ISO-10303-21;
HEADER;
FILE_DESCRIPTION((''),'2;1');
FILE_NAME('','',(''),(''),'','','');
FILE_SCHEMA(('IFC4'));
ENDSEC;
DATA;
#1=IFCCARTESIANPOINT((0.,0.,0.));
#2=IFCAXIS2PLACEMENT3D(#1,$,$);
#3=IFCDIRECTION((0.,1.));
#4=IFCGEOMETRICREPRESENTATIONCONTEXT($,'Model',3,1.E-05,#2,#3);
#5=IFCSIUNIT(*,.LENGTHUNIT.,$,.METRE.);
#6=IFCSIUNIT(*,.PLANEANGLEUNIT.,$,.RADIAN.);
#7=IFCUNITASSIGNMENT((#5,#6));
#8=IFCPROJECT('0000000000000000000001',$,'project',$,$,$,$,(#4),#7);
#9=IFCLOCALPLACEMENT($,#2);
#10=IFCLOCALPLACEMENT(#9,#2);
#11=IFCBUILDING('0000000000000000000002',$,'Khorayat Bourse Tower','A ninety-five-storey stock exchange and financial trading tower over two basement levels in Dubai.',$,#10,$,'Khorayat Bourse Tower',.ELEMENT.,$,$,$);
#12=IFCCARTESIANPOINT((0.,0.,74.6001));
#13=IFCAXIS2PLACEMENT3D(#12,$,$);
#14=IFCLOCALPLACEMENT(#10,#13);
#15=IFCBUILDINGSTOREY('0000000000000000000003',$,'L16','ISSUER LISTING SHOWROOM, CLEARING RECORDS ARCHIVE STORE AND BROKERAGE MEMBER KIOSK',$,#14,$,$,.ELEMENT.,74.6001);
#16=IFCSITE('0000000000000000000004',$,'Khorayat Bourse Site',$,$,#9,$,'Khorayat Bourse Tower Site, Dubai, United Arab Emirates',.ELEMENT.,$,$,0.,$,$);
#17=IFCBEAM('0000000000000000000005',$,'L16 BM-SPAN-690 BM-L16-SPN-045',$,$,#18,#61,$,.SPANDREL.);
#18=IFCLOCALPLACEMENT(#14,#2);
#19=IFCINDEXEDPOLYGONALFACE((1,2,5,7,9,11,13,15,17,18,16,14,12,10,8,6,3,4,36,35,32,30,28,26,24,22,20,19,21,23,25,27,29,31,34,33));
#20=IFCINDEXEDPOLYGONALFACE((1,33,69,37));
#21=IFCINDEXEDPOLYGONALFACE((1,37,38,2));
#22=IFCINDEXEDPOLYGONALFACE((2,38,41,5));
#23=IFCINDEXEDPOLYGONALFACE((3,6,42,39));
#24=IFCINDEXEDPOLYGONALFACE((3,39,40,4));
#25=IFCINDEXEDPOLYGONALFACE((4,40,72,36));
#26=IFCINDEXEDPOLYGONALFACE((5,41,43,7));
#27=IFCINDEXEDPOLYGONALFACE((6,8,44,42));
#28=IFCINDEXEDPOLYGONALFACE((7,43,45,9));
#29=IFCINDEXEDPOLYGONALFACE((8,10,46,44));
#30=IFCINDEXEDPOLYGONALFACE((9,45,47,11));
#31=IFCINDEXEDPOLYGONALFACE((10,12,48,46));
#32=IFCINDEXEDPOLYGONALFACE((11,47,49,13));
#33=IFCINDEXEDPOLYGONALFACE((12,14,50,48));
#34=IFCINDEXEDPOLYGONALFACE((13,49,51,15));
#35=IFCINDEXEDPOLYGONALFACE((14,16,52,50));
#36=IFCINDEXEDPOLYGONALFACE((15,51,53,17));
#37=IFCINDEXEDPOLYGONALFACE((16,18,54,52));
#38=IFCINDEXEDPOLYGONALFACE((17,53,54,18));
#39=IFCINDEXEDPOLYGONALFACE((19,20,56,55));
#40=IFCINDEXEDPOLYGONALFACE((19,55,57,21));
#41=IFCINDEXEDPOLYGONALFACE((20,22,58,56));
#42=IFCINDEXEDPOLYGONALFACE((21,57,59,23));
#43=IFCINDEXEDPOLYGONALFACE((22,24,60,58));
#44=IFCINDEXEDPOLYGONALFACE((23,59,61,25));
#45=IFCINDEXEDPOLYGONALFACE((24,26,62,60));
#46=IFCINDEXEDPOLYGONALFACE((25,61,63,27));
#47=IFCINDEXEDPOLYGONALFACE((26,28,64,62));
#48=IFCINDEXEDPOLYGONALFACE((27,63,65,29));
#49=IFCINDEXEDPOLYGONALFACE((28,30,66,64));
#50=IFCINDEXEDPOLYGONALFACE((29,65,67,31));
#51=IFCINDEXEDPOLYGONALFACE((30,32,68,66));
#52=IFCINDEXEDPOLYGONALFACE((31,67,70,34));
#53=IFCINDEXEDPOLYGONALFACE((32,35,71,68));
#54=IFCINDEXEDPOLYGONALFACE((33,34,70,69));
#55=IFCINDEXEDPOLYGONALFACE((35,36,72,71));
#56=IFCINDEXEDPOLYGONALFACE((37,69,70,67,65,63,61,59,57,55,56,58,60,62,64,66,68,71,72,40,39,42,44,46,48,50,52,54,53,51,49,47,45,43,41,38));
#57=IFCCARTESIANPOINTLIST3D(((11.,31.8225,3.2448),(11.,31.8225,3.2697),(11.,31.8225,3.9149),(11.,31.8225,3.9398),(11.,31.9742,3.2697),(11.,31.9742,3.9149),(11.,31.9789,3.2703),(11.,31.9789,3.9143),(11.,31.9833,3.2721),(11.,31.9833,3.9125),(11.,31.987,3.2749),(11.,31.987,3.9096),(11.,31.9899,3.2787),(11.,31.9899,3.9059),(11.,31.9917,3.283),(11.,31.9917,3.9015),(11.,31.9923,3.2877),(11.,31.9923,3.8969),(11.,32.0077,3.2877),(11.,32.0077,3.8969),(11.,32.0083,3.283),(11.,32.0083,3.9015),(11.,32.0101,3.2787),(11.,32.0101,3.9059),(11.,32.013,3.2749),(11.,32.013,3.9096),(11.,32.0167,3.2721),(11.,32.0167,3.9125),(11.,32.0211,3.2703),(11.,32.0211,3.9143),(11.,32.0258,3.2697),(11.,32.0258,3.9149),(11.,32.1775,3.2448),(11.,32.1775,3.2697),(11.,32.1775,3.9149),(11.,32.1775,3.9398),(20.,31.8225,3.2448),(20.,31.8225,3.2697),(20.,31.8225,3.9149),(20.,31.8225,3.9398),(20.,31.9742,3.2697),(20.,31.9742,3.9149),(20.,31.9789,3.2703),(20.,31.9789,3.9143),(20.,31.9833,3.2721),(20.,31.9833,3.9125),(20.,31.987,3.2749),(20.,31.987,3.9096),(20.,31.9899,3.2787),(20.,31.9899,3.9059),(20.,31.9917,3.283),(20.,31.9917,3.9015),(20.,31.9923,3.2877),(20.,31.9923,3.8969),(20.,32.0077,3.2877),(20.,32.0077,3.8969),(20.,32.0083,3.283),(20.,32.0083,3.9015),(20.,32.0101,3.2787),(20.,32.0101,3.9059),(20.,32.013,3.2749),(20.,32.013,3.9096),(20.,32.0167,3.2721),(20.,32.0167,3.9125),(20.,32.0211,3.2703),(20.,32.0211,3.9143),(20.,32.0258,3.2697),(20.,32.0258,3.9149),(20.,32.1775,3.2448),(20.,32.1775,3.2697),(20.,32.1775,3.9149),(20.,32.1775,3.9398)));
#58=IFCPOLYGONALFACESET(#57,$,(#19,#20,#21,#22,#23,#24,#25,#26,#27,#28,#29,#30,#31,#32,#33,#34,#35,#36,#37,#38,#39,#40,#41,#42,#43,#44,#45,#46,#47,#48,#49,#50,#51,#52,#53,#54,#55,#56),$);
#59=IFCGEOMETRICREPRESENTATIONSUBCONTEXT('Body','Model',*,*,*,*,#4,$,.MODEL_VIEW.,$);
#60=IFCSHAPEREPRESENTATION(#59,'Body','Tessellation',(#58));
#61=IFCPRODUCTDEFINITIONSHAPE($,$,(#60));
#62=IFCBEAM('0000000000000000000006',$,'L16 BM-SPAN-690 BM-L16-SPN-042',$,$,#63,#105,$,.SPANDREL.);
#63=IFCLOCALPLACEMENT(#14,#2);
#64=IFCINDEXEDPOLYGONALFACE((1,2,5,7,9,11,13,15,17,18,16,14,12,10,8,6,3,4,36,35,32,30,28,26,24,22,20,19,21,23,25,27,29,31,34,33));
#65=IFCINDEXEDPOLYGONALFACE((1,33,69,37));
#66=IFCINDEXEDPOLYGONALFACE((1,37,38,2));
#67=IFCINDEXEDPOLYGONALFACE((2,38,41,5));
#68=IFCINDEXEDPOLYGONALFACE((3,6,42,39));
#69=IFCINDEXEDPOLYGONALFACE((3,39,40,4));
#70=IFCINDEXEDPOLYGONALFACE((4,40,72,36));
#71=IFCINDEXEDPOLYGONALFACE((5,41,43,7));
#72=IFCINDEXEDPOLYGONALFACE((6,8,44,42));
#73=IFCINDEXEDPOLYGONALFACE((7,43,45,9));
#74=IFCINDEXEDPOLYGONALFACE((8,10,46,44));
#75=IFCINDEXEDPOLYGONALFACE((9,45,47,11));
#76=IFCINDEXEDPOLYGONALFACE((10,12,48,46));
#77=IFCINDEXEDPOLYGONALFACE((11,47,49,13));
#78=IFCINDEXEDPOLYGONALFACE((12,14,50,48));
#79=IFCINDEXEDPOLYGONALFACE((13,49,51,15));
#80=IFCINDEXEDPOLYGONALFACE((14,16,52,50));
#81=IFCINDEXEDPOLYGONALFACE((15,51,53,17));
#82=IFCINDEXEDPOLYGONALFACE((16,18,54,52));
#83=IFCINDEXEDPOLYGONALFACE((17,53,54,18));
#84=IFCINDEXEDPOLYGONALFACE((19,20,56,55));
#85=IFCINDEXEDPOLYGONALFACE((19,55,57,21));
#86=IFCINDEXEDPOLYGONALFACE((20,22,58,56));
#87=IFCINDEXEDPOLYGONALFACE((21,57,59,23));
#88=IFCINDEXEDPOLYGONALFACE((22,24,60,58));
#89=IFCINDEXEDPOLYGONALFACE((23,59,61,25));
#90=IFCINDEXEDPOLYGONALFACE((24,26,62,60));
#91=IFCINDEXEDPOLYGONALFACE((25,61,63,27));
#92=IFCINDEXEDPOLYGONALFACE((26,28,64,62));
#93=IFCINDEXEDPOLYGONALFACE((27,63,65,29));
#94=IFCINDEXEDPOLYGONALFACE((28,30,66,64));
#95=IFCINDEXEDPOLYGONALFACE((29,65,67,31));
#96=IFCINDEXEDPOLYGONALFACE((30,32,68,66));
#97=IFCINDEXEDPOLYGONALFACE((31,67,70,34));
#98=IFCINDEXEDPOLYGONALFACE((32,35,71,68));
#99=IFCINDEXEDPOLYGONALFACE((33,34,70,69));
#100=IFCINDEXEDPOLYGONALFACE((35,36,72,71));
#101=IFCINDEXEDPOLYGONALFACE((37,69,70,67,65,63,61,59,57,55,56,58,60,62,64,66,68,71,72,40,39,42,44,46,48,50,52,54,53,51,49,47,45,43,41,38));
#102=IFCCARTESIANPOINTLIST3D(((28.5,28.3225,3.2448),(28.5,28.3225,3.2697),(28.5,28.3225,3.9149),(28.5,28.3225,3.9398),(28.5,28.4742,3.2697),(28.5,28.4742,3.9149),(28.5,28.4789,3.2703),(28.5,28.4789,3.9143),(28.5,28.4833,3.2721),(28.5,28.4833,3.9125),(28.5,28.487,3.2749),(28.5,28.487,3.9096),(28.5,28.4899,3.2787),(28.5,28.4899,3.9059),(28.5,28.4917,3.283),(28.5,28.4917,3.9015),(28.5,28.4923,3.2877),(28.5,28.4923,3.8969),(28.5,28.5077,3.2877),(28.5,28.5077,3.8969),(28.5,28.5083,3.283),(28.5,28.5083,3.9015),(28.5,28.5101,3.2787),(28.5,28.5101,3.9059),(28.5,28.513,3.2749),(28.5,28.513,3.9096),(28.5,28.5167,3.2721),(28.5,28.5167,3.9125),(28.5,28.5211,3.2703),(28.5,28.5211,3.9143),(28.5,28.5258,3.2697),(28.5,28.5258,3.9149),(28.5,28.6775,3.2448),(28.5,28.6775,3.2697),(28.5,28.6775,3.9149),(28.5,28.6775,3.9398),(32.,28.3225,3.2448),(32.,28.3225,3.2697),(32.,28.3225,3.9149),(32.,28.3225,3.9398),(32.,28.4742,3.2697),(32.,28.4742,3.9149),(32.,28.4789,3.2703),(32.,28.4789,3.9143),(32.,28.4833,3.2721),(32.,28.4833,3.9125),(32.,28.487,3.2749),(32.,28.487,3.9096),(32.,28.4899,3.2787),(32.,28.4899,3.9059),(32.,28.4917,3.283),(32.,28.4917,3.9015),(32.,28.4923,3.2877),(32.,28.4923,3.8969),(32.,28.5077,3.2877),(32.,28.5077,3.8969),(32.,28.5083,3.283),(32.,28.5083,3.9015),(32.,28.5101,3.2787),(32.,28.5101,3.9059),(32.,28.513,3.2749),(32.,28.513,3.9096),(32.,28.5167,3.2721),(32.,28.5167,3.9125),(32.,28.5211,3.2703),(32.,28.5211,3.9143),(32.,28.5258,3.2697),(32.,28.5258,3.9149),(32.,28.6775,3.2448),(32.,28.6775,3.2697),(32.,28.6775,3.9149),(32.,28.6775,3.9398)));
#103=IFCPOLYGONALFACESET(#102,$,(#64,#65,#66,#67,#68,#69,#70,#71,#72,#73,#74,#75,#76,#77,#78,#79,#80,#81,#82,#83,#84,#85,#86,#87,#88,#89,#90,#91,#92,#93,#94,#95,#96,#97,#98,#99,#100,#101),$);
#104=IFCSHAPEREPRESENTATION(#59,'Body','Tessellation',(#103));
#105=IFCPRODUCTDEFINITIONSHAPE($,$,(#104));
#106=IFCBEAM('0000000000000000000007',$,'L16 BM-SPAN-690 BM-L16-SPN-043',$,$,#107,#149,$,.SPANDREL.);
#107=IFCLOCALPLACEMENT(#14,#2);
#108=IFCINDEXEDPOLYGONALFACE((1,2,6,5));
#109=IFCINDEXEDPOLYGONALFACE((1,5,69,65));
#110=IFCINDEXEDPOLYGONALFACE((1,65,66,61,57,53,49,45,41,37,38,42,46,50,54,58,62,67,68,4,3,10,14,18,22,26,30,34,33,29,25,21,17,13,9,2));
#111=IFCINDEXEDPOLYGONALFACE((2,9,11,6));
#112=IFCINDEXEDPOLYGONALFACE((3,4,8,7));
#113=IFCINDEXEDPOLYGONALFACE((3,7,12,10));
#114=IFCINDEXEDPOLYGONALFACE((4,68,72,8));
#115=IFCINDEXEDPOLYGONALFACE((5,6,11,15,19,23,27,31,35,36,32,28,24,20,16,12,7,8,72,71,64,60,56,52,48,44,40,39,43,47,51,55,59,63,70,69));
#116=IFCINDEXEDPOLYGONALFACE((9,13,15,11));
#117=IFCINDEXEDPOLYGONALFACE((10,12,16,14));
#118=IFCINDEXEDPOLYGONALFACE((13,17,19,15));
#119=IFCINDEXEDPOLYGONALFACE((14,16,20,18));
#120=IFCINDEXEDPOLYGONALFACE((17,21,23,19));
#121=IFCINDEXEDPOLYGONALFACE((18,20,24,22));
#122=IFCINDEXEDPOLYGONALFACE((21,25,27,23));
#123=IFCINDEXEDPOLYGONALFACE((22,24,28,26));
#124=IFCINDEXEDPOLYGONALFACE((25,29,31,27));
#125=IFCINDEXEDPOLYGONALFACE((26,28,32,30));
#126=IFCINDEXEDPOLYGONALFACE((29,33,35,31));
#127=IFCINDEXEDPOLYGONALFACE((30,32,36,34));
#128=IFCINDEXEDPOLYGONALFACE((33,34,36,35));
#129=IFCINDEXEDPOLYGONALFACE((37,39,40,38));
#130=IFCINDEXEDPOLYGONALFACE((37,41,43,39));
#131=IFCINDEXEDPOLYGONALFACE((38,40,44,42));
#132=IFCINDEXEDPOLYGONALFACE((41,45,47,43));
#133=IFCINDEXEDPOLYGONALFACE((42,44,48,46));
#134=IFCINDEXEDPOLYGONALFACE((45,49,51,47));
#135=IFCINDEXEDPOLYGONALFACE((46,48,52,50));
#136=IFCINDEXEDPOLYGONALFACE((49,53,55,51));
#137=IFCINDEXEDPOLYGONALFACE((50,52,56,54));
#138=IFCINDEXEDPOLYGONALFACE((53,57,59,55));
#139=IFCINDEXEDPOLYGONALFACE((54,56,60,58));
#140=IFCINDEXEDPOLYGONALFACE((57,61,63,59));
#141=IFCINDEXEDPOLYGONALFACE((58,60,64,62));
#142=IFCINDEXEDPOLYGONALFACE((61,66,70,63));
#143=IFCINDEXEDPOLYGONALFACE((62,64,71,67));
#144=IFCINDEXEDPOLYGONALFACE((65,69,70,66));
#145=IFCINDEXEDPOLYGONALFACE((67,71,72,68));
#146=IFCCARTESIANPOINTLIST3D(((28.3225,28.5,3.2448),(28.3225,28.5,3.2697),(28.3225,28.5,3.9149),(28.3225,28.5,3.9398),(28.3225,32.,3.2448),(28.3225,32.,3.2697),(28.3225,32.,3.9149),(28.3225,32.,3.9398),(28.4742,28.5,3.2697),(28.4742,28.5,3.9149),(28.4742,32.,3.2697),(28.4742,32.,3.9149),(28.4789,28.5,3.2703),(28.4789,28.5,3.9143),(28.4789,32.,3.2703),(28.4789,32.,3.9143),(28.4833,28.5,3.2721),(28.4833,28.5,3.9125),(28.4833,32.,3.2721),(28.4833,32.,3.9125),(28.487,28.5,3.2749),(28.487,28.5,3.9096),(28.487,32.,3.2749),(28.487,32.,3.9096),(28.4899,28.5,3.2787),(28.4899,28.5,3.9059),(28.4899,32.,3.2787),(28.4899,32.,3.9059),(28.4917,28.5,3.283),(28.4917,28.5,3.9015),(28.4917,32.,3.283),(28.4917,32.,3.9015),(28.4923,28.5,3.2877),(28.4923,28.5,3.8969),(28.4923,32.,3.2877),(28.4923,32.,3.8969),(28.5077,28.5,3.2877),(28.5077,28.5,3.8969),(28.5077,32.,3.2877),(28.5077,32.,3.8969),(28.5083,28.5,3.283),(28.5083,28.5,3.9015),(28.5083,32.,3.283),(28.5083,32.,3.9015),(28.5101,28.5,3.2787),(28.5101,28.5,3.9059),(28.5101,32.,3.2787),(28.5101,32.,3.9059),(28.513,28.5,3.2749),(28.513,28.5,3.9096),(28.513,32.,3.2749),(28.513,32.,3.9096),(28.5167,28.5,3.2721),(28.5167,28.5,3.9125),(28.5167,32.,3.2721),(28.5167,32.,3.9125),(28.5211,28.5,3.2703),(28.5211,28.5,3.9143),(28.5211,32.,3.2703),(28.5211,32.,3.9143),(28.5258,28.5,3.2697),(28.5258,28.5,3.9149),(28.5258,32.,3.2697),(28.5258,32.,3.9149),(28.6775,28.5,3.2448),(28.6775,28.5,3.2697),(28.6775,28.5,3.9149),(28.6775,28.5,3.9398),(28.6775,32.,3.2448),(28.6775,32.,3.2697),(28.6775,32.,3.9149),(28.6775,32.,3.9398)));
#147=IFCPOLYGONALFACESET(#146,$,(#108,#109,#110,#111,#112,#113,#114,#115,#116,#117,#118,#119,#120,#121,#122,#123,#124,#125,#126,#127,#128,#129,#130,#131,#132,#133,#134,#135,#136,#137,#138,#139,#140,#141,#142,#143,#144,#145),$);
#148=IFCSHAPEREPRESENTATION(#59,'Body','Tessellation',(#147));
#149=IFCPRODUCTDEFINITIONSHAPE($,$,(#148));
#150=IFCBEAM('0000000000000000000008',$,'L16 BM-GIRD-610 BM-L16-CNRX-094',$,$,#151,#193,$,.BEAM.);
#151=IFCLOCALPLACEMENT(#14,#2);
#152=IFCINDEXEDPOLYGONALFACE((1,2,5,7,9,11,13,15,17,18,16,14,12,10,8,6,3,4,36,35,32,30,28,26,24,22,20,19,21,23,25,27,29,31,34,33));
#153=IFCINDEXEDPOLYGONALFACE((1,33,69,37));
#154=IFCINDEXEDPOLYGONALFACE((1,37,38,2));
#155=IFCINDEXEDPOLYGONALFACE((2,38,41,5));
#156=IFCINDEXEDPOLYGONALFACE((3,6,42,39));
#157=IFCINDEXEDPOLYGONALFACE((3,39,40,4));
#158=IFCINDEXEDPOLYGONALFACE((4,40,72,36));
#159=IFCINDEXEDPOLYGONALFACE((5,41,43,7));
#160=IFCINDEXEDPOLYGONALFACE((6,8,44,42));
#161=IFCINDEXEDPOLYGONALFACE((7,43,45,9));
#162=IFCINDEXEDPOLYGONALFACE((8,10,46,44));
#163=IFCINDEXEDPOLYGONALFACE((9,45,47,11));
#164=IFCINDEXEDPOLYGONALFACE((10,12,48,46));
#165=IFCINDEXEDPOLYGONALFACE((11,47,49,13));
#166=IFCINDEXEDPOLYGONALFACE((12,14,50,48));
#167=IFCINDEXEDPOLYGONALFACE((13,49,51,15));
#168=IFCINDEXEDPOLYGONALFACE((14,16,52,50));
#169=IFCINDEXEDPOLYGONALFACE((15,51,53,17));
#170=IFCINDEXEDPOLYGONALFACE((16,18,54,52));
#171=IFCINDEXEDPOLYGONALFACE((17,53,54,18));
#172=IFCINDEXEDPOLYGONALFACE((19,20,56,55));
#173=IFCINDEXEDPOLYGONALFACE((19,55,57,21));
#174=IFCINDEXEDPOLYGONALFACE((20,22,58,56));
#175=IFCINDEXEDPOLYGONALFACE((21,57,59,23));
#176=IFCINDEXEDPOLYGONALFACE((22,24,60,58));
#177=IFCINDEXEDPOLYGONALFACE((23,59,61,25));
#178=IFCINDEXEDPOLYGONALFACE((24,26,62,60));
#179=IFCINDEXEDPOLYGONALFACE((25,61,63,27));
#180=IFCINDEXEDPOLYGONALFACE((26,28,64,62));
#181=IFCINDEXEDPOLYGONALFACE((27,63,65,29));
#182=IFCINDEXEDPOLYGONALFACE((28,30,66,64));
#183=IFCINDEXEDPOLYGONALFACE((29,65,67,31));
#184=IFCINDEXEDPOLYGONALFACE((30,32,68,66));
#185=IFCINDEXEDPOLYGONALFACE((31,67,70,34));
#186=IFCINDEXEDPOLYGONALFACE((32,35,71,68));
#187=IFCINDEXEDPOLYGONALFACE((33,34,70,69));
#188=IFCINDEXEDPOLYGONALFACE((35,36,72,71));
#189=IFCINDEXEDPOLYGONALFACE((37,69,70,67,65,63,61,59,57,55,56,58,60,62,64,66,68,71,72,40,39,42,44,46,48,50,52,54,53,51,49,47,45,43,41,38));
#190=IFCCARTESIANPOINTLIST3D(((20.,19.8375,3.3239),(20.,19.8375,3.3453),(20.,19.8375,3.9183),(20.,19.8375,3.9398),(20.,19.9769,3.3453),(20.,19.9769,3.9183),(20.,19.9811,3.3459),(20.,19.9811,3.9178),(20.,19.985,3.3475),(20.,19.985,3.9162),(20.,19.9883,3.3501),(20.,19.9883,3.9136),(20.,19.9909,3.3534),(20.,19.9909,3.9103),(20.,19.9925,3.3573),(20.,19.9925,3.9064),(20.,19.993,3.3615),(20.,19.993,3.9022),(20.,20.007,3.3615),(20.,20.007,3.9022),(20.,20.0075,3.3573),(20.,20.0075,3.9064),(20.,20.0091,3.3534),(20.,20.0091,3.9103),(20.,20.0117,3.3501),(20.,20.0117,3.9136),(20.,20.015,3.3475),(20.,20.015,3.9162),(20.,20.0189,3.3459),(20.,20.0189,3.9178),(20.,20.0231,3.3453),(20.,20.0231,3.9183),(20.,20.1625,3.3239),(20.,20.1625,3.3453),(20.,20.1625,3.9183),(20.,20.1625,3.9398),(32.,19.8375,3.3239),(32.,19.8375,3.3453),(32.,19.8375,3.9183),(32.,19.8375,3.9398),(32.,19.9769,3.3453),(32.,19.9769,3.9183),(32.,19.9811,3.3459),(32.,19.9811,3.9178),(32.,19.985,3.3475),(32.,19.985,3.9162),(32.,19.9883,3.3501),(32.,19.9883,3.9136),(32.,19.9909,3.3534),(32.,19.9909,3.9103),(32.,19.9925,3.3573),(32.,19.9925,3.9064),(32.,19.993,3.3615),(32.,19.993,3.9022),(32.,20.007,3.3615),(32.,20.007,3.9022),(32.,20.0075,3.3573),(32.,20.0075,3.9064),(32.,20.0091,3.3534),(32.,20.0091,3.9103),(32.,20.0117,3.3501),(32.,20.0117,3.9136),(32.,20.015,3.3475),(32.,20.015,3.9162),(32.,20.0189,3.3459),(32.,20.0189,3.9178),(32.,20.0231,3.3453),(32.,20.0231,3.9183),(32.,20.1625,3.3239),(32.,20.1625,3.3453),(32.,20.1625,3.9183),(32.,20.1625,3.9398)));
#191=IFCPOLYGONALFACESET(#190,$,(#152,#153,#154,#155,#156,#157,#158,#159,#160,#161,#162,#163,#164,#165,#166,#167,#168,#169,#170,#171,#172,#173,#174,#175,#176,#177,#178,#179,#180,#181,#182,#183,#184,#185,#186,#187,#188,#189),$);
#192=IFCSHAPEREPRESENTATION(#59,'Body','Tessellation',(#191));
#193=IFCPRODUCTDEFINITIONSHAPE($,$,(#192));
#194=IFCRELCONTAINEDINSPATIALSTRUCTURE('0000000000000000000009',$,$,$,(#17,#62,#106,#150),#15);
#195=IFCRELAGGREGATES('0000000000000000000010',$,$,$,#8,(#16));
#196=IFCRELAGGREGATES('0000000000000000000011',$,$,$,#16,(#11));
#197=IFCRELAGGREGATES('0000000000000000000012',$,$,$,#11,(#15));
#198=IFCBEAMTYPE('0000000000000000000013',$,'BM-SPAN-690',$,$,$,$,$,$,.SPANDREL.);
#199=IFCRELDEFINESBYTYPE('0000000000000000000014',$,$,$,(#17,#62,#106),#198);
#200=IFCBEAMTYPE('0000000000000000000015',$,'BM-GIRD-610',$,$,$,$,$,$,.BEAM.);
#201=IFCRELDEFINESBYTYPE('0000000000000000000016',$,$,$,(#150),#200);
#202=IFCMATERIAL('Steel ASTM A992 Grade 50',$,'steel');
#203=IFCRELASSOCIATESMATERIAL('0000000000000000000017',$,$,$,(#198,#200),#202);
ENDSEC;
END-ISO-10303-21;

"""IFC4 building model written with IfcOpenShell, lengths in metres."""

from ifc_helpers import new_model, si_unit, direction, frame, origin, origin_2d, place, context, subcontext, project, spatial, i_section, extrude, source, transform, mapped, material, material_profile, profile_set, type_object, element, save


model = new_model("IFC4")

# Units and contexts
model_context = context("Model", 3, precision=1e-05, world=origin(), true_north=direction((0.0, 1.0)))
body_context = subcontext(model_context, "Body", "Model", "MODEL_VIEW")
ifc_project = project(units=[si_unit("LENGTHUNIT", "METRE"), si_unit("PLANEANGLEUNIT", "RADIAN")], contexts=[model_context])

# Site, building, storey
site_placement = place(None, origin())
site = spatial("IfcSite", under=ifc_project, at=site_placement, Name="Khorayat Bourse Site", LongName="Khorayat Bourse Tower Site, Dubai, United Arab Emirates", CompositionType="ELEMENT", RefElevation=0.0)
building_placement = place(site_placement, origin())
building = spatial("IfcBuilding", under=site, at=building_placement, Name="Khorayat Bourse Tower", Description="A ninety-five-storey stock exchange and financial trading tower over two basement levels in Dubai.", LongName="Khorayat Bourse Tower", CompositionType="ELEMENT")
storey_placement = place(building_placement, frame((0.0, 0.0, 74.6001)))
storey = spatial("IfcBuildingStorey", under=building, at=storey_placement, Name="L16", Description="ISSUER LISTING SHOWROOM, CLEARING RECORDS ARCHIVE STORE AND BROKERAGE MEMBER KIOSK", CompositionType="ELEMENT", Elevation=74.6001)

# Beams
ifc_material_1 = material(Name="Steel ASTM A992 Grade 50", Category="steel")
ifc_material_profile_1 = material_profile(ifc_material_1, i_section(OverallWidth=0.355, OverallDepth=0.6951, WebThickness=0.0154, FlangeThickness=0.0249, FilletRadius=0.0181, at=origin_2d()), Name="W690X217")
ifc_profile_set_1 = profile_set([ifc_material_profile_1], Name="Steel ASTM A992 Grade 50")
beam_type_1 = type_object("IfcBeamType", Name="BM-SPAN-690", PredefinedType="SPANDREL", material=ifc_profile_set_1)
shared_shape_1 = source(origin(), body_context, "Body", "SweptSolid", [
    extrude(i_section(OverallWidth=0.355, OverallDepth=0.6951, WebThickness=0.0154, FlangeThickness=0.0249, FilletRadius=0.0181, at=origin_2d()), origin(), (0.0, 0.0, 1.0), 9.0),
])
beam_1_placement = place(storey_placement, frame((11.0, 32.0, 3.5923), z_axis=(1.0, 0.0, 0.0), x_axis=(0.0, 1.0, 0.0)))
element("IfcBeam", 1, at=beam_1_placement, inside=storey, type_object=beam_type_1, Name="L16 BM-SPAN-690 BM-L16-SPN-045", PredefinedType="SPANDREL", context=body_context, shape_type="MappedRepresentation", body=[
    mapped(shared_shape_1, transform((0.0, 0.0, 0.0), scale=1.0)),
])
shared_shape_2 = source(origin(), body_context, "Body", "SweptSolid", [
    extrude(i_section(OverallWidth=0.355, OverallDepth=0.6951, WebThickness=0.0154, FlangeThickness=0.0249, FilletRadius=0.0181, at=origin_2d()), origin(), (0.0, 0.0, 1.0), 3.5),
])
for number, where, z_axis, x_axis, name in (
    (2, (28.5, 28.5, 3.5923), (1.0, 0.0, 0.0), (0.0, 1.0, 0.0), "L16 BM-SPAN-690 BM-L16-SPN-042"),
    (3, (28.5, 28.5, 3.5923), (0.0, 1.0, 0.0), (-1.0, 0.0, 0.0), "L16 BM-SPAN-690 BM-L16-SPN-043"),
):
    element("IfcBeam", number, at=place(storey_placement, frame(where, z_axis=z_axis, x_axis=x_axis)), inside=storey, type_object=beam_type_1, Name=name, PredefinedType="SPANDREL", context=body_context, shape_type="MappedRepresentation", body=[
        mapped(shared_shape_2, transform((0.0, 0.0, 0.0), scale=1.0)),
    ])
ifc_material_profile_2 = material_profile(ifc_material_1, i_section(OverallWidth=0.325, OverallDepth=0.616, WebThickness=0.0139, FlangeThickness=0.0215, FilletRadius=0.0161, at=origin_2d()), Name="W610X174")
ifc_profile_set_2 = profile_set([ifc_material_profile_2], Name="Steel ASTM A992 Grade 50")
beam_type_2 = type_object("IfcBeamType", Name="BM-GIRD-610", PredefinedType="BEAM", material=ifc_profile_set_2)
shared_shape_3 = source(origin(), body_context, "Body", "SweptSolid", [
    extrude(i_section(OverallWidth=0.325, OverallDepth=0.616, WebThickness=0.0139, FlangeThickness=0.0215, FilletRadius=0.0161, at=origin_2d()), origin(), (0.0, 0.0, 1.0), 12.0),
])
beam_2_placement = place(storey_placement, frame((20.0, 20.0, 3.6318), z_axis=(1.0, 0.0, 0.0), x_axis=(0.0, 1.0, 0.0)))
element("IfcBeam", 4, at=beam_2_placement, inside=storey, type_object=beam_type_2, Name="L16 BM-GIRD-610 BM-L16-CNRX-094", PredefinedType="BEAM", context=body_context, shape_type="MappedRepresentation", body=[
    mapped(shared_shape_3, transform((0.0, 0.0, 0.0), scale=1.0)),
])

save(model, "model.ifc")
